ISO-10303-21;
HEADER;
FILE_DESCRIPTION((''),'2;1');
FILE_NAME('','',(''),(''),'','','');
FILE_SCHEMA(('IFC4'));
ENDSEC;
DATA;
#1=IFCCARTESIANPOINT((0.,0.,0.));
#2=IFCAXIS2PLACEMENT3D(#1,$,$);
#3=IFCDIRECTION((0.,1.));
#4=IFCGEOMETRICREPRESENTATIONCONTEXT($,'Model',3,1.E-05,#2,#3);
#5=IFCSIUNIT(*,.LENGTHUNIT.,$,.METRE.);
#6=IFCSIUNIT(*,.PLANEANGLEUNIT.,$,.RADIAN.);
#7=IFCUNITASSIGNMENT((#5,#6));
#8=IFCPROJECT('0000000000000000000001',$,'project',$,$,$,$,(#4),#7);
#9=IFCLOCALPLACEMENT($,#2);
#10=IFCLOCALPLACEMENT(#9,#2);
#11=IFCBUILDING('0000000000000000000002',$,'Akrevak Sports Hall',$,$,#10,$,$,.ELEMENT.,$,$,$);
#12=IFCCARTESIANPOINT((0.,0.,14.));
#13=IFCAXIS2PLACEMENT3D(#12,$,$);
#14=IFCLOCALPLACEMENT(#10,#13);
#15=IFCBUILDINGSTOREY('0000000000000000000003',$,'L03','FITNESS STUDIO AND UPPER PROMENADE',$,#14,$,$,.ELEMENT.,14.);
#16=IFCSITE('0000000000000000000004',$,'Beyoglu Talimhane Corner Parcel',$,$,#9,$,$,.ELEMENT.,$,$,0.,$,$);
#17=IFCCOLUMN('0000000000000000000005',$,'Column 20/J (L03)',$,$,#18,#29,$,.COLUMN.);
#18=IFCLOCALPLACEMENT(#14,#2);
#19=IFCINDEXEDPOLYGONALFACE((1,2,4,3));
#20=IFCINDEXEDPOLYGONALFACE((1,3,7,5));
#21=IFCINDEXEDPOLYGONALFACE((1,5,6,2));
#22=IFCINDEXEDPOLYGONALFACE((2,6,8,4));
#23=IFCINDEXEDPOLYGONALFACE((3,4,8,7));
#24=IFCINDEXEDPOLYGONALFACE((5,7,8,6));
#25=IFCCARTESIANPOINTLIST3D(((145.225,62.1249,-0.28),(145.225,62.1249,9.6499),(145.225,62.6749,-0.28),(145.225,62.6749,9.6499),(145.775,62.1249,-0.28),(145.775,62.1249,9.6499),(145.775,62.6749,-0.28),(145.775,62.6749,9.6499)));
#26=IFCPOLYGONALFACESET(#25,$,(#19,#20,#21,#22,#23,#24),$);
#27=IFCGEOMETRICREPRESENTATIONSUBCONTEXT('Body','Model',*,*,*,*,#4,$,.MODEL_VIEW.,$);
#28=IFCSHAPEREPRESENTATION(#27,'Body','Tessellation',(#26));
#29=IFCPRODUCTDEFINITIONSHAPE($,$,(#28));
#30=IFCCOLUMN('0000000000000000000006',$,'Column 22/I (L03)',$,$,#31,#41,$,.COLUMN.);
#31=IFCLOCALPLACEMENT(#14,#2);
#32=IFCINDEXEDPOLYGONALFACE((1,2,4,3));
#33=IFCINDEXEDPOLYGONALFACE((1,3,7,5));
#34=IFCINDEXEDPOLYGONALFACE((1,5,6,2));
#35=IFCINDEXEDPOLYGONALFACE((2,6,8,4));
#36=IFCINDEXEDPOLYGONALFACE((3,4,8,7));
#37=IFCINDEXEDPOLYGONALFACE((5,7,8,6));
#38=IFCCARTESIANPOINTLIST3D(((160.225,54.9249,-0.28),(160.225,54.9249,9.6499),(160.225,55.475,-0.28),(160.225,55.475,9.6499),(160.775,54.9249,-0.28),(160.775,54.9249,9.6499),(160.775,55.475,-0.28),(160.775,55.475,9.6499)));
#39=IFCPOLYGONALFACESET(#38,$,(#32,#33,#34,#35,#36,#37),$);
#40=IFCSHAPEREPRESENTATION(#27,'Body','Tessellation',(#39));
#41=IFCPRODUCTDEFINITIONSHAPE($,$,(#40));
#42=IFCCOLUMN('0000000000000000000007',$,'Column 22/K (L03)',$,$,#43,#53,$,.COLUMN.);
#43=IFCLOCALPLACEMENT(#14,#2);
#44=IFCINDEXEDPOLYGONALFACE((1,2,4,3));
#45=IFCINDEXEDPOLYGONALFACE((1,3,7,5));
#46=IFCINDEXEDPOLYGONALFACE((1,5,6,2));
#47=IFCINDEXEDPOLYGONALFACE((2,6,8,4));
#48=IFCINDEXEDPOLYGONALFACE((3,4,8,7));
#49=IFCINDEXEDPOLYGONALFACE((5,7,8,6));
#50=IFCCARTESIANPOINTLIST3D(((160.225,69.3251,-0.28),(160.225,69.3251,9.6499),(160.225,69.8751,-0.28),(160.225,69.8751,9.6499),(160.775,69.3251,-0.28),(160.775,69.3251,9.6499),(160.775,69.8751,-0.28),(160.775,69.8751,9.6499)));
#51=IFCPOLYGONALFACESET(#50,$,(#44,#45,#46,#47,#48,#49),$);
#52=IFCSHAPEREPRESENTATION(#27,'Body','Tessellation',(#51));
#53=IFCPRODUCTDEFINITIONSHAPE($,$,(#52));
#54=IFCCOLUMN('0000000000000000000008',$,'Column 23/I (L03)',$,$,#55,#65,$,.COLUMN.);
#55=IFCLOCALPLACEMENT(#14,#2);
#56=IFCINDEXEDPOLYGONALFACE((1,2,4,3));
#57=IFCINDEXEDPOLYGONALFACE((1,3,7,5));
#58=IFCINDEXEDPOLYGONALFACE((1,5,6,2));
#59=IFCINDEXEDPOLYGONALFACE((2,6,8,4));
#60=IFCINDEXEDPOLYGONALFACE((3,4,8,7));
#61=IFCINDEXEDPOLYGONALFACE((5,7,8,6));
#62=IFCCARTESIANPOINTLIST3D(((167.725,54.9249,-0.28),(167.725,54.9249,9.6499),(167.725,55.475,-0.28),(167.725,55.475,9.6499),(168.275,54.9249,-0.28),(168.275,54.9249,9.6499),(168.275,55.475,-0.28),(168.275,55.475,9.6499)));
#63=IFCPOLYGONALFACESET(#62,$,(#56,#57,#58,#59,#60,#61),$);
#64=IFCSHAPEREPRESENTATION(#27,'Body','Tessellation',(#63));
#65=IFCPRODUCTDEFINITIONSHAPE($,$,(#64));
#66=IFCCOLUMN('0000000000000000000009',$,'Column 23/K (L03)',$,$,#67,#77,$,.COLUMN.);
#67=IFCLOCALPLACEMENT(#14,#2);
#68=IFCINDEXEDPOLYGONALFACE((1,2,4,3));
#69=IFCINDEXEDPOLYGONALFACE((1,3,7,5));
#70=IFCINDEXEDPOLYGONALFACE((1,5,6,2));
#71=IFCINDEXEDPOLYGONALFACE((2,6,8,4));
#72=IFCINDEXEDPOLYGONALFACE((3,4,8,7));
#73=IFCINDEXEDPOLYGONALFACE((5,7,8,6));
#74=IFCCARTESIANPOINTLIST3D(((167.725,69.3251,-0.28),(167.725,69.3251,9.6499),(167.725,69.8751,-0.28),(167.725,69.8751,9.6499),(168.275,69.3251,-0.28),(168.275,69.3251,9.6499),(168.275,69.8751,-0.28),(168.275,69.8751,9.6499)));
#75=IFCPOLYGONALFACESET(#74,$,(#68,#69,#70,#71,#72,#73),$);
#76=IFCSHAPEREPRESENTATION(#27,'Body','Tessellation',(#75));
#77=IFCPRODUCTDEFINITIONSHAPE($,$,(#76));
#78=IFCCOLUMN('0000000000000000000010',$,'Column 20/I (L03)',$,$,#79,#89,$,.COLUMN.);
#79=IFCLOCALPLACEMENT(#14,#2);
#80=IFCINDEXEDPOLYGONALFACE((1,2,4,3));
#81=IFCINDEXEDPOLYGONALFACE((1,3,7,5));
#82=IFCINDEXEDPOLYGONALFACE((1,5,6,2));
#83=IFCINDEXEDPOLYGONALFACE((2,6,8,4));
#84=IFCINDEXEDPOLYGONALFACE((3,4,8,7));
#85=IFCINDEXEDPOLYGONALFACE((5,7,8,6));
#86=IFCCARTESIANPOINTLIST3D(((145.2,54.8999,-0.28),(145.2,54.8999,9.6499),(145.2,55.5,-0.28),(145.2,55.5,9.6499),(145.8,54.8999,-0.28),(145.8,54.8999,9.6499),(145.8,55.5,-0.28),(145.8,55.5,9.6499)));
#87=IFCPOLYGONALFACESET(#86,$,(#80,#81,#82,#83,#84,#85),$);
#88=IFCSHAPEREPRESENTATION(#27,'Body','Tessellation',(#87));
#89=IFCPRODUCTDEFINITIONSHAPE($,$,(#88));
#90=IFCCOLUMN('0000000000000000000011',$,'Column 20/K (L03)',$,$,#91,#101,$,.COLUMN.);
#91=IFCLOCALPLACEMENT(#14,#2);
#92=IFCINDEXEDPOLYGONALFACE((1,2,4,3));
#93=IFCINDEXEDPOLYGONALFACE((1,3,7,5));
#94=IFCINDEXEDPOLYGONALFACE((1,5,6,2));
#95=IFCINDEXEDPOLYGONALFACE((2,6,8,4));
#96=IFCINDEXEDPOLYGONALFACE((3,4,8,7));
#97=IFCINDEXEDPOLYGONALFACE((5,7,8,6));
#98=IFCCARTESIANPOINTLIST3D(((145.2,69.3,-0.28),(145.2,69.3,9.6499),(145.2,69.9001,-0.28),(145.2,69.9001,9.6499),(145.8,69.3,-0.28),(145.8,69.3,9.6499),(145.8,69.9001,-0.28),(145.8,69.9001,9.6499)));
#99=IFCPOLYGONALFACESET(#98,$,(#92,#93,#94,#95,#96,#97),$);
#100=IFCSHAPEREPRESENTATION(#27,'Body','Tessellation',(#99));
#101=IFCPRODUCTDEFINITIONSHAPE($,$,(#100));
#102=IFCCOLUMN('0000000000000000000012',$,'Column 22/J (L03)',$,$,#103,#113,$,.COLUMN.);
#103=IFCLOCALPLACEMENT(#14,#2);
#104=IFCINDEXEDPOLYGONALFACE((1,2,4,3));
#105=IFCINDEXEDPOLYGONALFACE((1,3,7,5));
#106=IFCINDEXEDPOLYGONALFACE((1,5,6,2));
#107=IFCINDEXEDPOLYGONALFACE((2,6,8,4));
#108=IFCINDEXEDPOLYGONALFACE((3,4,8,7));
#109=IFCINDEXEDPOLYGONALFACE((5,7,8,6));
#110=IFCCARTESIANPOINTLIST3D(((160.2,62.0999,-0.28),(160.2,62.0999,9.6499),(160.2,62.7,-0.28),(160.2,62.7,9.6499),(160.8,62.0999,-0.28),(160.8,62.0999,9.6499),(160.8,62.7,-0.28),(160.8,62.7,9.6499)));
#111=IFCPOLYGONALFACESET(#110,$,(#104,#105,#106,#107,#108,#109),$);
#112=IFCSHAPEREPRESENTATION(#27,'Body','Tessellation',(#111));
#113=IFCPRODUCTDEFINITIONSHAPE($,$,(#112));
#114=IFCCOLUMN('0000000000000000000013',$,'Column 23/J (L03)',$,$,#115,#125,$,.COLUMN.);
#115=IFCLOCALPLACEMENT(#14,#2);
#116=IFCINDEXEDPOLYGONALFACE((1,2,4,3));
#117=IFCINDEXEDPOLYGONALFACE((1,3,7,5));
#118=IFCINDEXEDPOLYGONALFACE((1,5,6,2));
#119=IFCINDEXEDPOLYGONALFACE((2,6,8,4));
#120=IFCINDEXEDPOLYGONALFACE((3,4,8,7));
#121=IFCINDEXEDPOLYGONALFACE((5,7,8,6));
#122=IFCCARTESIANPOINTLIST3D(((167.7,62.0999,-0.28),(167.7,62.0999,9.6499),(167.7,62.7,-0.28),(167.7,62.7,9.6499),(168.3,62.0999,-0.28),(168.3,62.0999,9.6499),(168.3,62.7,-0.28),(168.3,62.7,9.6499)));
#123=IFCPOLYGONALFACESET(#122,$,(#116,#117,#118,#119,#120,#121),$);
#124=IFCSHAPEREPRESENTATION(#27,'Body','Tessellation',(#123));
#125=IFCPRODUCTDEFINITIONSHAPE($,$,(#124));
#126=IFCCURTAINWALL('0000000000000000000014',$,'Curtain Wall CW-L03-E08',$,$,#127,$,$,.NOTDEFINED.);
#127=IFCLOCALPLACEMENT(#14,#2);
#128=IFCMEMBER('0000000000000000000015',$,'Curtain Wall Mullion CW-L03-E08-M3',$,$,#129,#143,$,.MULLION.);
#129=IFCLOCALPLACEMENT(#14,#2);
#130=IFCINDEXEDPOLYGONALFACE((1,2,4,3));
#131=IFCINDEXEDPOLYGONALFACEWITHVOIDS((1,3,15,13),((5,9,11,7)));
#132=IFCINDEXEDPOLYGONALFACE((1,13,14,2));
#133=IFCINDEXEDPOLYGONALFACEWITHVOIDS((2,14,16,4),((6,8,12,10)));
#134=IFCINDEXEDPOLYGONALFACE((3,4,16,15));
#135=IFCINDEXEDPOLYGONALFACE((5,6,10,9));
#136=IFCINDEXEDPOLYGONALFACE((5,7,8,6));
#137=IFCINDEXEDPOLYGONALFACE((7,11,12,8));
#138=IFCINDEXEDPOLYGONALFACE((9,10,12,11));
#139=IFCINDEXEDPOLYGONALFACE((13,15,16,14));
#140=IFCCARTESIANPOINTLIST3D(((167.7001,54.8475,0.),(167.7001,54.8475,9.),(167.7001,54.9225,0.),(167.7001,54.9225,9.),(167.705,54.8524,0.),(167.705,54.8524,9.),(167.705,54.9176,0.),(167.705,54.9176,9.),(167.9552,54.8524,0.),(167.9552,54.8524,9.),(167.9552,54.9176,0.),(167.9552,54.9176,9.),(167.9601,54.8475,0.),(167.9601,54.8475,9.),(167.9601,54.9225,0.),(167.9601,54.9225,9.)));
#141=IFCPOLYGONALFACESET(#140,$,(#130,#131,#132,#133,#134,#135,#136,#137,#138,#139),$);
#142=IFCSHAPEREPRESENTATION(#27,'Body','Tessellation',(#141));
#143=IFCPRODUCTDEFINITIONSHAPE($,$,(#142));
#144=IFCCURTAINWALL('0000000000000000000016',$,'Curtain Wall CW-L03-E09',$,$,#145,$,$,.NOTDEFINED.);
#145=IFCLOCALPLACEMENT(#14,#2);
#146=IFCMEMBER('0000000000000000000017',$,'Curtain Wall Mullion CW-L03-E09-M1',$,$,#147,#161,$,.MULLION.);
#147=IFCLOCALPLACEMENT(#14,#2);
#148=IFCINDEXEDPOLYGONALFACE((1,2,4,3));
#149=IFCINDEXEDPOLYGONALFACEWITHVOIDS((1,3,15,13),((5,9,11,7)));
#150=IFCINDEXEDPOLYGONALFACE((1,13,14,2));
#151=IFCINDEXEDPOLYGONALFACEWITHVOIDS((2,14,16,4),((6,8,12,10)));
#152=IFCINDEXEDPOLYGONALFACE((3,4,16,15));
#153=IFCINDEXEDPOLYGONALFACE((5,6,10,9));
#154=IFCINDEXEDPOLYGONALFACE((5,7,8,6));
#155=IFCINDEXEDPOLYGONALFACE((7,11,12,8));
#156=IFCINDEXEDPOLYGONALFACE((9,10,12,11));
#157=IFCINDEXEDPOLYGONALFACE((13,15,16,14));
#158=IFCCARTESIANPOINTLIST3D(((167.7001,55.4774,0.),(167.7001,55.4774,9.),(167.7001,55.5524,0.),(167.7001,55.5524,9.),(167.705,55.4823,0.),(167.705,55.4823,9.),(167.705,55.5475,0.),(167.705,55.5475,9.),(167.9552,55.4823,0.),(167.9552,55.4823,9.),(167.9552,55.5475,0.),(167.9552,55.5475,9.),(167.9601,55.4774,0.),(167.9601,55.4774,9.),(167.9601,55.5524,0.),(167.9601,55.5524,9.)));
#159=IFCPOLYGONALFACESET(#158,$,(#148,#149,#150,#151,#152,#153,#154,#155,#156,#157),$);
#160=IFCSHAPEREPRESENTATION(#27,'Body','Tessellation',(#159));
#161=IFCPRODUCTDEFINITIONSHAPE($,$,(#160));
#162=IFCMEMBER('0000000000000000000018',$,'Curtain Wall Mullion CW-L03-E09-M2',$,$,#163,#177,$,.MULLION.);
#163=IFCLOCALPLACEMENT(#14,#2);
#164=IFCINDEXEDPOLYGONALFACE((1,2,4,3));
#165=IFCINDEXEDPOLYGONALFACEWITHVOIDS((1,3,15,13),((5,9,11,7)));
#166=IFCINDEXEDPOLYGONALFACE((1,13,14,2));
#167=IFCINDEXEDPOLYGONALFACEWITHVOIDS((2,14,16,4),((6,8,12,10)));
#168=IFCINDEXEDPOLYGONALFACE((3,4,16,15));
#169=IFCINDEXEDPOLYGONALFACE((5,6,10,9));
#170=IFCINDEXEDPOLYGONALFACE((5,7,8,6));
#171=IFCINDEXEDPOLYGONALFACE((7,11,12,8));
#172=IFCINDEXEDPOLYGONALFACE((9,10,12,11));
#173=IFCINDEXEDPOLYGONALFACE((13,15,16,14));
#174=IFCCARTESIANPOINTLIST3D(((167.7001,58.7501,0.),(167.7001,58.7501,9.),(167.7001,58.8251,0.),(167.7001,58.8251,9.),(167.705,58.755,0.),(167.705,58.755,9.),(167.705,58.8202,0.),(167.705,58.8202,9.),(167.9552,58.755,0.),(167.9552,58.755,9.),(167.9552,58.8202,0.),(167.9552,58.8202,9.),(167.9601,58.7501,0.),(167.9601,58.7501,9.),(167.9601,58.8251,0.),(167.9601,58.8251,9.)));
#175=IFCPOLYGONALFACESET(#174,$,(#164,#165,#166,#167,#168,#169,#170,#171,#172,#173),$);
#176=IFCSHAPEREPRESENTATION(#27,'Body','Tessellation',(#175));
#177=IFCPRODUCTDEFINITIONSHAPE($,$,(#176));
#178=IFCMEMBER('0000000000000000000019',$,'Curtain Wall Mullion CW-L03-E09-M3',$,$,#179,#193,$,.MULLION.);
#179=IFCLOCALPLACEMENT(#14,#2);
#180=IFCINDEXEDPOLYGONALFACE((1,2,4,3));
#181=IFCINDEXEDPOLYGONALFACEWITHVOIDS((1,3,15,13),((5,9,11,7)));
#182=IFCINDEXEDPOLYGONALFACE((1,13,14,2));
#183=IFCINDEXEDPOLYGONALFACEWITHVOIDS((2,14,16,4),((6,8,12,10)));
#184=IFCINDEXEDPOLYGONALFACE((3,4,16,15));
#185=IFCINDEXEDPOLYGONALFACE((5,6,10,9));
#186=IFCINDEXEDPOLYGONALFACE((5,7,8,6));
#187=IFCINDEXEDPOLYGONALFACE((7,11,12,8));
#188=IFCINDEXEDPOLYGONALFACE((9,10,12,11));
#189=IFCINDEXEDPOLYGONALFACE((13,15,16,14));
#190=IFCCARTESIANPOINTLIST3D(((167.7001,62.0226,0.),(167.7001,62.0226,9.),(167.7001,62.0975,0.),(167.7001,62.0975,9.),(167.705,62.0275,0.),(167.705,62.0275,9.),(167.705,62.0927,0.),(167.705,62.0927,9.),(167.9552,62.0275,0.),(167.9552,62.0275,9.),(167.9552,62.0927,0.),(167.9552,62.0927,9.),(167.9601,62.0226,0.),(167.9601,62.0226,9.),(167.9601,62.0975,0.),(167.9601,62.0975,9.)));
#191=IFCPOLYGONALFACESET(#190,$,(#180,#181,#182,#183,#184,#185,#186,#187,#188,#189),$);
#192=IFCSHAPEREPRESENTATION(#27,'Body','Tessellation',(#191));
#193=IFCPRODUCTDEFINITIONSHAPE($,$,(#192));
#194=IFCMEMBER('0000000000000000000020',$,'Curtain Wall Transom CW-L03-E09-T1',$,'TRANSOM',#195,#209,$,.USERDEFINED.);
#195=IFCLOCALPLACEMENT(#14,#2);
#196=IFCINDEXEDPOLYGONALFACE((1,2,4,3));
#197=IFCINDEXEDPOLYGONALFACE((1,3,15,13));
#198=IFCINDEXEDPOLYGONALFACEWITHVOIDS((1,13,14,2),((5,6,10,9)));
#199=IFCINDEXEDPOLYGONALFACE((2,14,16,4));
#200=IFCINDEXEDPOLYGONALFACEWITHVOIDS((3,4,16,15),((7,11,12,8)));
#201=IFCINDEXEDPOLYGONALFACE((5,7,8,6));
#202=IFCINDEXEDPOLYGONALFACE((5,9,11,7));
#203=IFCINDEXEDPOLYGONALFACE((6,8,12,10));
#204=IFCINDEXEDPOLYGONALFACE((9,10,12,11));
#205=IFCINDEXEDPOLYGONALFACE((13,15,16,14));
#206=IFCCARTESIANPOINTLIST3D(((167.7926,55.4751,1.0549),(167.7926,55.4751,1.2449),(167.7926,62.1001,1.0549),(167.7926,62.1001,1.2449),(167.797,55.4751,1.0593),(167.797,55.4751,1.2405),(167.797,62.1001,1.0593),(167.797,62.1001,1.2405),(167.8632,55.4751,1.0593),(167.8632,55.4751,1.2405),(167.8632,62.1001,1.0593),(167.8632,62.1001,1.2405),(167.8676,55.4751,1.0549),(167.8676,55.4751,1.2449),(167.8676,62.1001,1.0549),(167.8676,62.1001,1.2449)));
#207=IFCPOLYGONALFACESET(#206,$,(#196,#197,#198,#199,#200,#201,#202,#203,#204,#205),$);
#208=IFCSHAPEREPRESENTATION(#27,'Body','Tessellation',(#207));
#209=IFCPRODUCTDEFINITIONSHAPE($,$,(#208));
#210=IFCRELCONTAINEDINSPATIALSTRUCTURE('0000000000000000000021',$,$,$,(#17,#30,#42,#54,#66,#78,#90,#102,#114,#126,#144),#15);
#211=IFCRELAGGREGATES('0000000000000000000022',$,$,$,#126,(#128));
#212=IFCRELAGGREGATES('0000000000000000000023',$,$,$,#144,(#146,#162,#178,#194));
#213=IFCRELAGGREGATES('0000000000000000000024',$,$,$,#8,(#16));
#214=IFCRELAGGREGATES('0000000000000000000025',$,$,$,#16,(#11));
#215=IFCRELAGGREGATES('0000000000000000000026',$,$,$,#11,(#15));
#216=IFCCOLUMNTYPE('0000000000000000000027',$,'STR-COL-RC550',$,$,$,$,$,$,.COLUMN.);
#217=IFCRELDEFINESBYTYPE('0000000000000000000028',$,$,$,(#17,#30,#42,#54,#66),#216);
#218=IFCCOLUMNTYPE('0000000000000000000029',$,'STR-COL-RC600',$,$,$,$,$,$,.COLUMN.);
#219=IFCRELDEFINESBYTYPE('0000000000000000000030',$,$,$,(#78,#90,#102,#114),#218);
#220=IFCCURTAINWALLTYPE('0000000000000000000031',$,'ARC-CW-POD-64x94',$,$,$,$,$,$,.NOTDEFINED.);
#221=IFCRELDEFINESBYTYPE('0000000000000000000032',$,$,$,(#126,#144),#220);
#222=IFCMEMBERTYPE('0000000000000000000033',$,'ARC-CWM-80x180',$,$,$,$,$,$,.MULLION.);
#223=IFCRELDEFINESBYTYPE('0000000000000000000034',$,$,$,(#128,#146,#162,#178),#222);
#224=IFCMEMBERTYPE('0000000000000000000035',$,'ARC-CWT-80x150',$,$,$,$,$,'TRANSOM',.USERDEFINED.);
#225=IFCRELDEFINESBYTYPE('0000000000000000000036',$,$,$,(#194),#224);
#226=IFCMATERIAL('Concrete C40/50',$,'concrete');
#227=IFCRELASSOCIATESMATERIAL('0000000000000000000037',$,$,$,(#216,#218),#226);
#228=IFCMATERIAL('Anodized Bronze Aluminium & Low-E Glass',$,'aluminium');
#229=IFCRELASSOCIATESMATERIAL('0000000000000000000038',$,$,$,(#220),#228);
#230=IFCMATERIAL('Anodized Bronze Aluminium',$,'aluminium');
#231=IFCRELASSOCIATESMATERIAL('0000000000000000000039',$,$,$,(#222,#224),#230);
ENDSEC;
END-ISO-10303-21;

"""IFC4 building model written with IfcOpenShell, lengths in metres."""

from ifc_helpers import new_model, si_unit, direction, frame, origin, origin_2d, place, context, subcontext, project, spatial, rectangle, hollow_rectangle, extrude, material, material_profile, profile_set, type_object, element, aggregate, save


model = new_model("IFC4")

# Units and contexts
model_context = context("Model", 3, precision=1e-05, world=origin(), true_north=direction((0.0, 1.0)))
body_context = subcontext(model_context, "Body", "Model", "MODEL_VIEW")
ifc_project = project(units=[si_unit("LENGTHUNIT", "METRE"), si_unit("PLANEANGLEUNIT", "RADIAN")], contexts=[model_context])

# Site, building, storey
site_placement = place(None, origin())
site = spatial("IfcSite", under=ifc_project, at=site_placement, Name="Beyoglu Talimhane Corner Parcel", CompositionType="ELEMENT", RefElevation=0.0)
building_placement = place(site_placement, origin())
building = spatial("IfcBuilding", under=site, at=building_placement, Name="Akrevak Sports Hall", CompositionType="ELEMENT")
storey_placement = place(building_placement, frame((0.0, 0.0, 14.0)))
storey = spatial("IfcBuildingStorey", under=building, at=storey_placement, Name="L03", Description="FITNESS STUDIO AND UPPER PROMENADE", CompositionType="ELEMENT", Elevation=14.0)

# Columns
ifc_material_1 = material(Name="Concrete C40/50", Category="concrete")
ifc_material_profile_1 = material_profile(ifc_material_1, rectangle(XDim=0.55, YDim=0.55, at=origin_2d()), Name="RC 550x550", Category="concrete")
ifc_profile_set_1 = profile_set([ifc_material_profile_1], Name="Concrete C40/50")
column_type_1 = type_object("IfcColumnType", Name="STR-COL-RC550", PredefinedType="COLUMN", material=ifc_profile_set_1)
for number, where, z_axis, x_axis, name in (
    (1, (145.5, 62.3999, -0.28), (0.0, 0.0, 1.0), (1.0, 0.0, 0.0), "Column 20/J (L03)"),
    (2, (160.5, 55.2, -0.28), (0.0, 0.0, 1.0), (1.0, 0.0, 0.0), "Column 22/I (L03)"),
    (3, (160.5, 69.6001, -0.28), (0.0, 0.0, 1.0), (1.0, 0.0, 0.0), "Column 22/K (L03)"),
    (4, (168.0, 55.2, -0.28), (0.0, 0.0, 1.0), (1.0, 0.0, 0.0), "Column 23/I (L03)"),
    (5, (168.0, 69.6001, -0.28), (0.0, 0.0, 1.0), (1.0, 0.0, 0.0), "Column 23/K (L03)"),
):
    element("IfcColumn", number, at=place(storey_placement, frame(where, z_axis=z_axis, x_axis=x_axis)), inside=storey, type_object=column_type_1, Name=name, PredefinedType="COLUMN", context=body_context, shape_type="SweptSolid", body=[
        extrude(rectangle(XDim=0.55, YDim=0.55, at=origin_2d()), origin(), (0.0, 0.0, 1.0), 9.9299),
    ])
ifc_material_profile_2 = material_profile(ifc_material_1, rectangle(XDim=0.6001, YDim=0.6001, at=origin_2d()), Name="RC 600x600", Category="concrete")
ifc_profile_set_2 = profile_set([ifc_material_profile_2], Name="Concrete C40/50")
column_type_2 = type_object("IfcColumnType", Name="STR-COL-RC600", PredefinedType="COLUMN", material=ifc_profile_set_2)
for number, where, z_axis, x_axis, name in (
    (6, (145.5, 55.2, -0.28), (0.0, 0.0, 1.0), (1.0, 0.0, 0.0), "Column 20/I (L03)"),
    (7, (145.5, 69.6001, -0.28), (0.0, 0.0, 1.0), (1.0, 0.0, 0.0), "Column 20/K (L03)"),
    (8, (160.5, 62.3999, -0.28), (0.0, 0.0, 1.0), (1.0, 0.0, 0.0), "Column 22/J (L03)"),
    (9, (168.0, 62.3999, -0.28), (0.0, 0.0, 1.0), (1.0, 0.0, 0.0), "Column 23/J (L03)"),
):
    element("IfcColumn", number, at=place(storey_placement, frame(where, z_axis=z_axis, x_axis=x_axis)), inside=storey, type_object=column_type_2, Name=name, PredefinedType="COLUMN", context=body_context, shape_type="SweptSolid", body=[
        extrude(rectangle(XDim=0.6001, YDim=0.6001, at=origin_2d()), origin(), (0.0, 0.0, 1.0), 9.9299),
    ])

# Curtain wall, member
ifc_material_2 = material(Name="Anodized Bronze Aluminium & Low-E Glass", Category="aluminium")
curtain_wall_type = type_object("IfcCurtainWallType", Name="ARC-CW-POD-64x94", PredefinedType="NOTDEFINED", material=ifc_material_2)
curtain_wall_1_placement = place(storey_placement, origin())
curtain_wall_1 = element("IfcCurtainWall", 10, at=curtain_wall_1_placement, inside=storey, type_object=curtain_wall_type, Name="Curtain Wall CW-L03-E08", PredefinedType="NOTDEFINED")
ifc_material_3 = material(Name="Anodized Bronze Aluminium", Category="aluminium")
ifc_material_profile_3 = material_profile(ifc_material_3, hollow_rectangle(XDim=0.075, YDim=0.26, WallThickness=0.0049, at=origin_2d()), Name="CWM 75x260", Category="aluminium")
ifc_profile_set_3 = profile_set([ifc_material_profile_3], Name="Anodized Bronze Aluminium")
member_type_1 = type_object("IfcMemberType", Name="ARC-CWM-80x180", PredefinedType="MULLION", material=ifc_profile_set_3)
member_1_placement = place(storey_placement, frame((167.8301, 54.885, 0.0), z_axis=(0.0, 0.0, 1.0), x_axis=(0.0, 1.0, 0.0)))
member_1 = element("IfcMember", 11, at=member_1_placement, type_object=member_type_1, Name="Curtain Wall Mullion CW-L03-E08-M3", PredefinedType="MULLION", context=body_context, shape_type="SweptSolid", body=[
    extrude(hollow_rectangle(XDim=0.075, YDim=0.26, WallThickness=0.0049, at=origin_2d()), origin(), (0.0, 0.0, 1.0), 9.0),
])

# Curtain wall, members
curtain_wall_2_placement = place(storey_placement, origin())
curtain_wall_2 = element("IfcCurtainWall", 12, at=curtain_wall_2_placement, inside=storey, type_object=curtain_wall_type, Name="Curtain Wall CW-L03-E09", PredefinedType="NOTDEFINED")
member_2_placement = place(storey_placement, frame((167.8301, 55.5149, 0.0), z_axis=(0.0, 0.0, 1.0), x_axis=(0.0, 1.0, 0.0)))
member_2 = element("IfcMember", 13, at=member_2_placement, type_object=member_type_1, Name="Curtain Wall Mullion CW-L03-E09-M1", PredefinedType="MULLION", context=body_context, shape_type="SweptSolid", body=[
    extrude(hollow_rectangle(XDim=0.075, YDim=0.26, WallThickness=0.0049, at=origin_2d()), origin(), (0.0, 0.0, 1.0), 9.0),
])
member_3_placement = place(storey_placement, frame((167.8301, 58.7876, 0.0), z_axis=(0.0, 0.0, 1.0), x_axis=(0.0, 1.0, 0.0)))
member_3 = element("IfcMember", 14, at=member_3_placement, type_object=member_type_1, Name="Curtain Wall Mullion CW-L03-E09-M2", PredefinedType="MULLION", context=body_context, shape_type="SweptSolid", body=[
    extrude(hollow_rectangle(XDim=0.075, YDim=0.26, WallThickness=0.0049, at=origin_2d()), origin(), (0.0, 0.0, 1.0), 9.0),
])
member_4_placement = place(storey_placement, frame((167.8301, 62.0601, 0.0), z_axis=(0.0, 0.0, 1.0), x_axis=(0.0, 1.0, 0.0)))
member_4 = element("IfcMember", 15, at=member_4_placement, type_object=member_type_1, Name="Curtain Wall Mullion CW-L03-E09-M3", PredefinedType="MULLION", context=body_context, shape_type="SweptSolid", body=[
    extrude(hollow_rectangle(XDim=0.075, YDim=0.26, WallThickness=0.0049, at=origin_2d()), origin(), (0.0, 0.0, 1.0), 9.0),
])
ifc_material_profile_4 = material_profile(ifc_material_3, hollow_rectangle(XDim=0.075, YDim=0.1899, WallThickness=0.0044, at=origin_2d()), Name="CWT 75x190", Category="aluminium")
ifc_profile_set_4 = profile_set([ifc_material_profile_4], Name="Anodized Bronze Aluminium")
member_type_2 = type_object("IfcMemberType", Name="ARC-CWT-80x150", ElementType="TRANSOM", PredefinedType="USERDEFINED", material=ifc_profile_set_4)
member_5_placement = place(storey_placement, frame((167.8301, 55.4751, 1.1499), z_axis=(0.0, 1.0, 0.0), x_axis=(-1.0, 0.0, 0.0)))
member_5 = element("IfcMember", 16, at=member_5_placement, type_object=member_type_2, Name="Curtain Wall Transom CW-L03-E09-T1", ObjectType="TRANSOM", PredefinedType="USERDEFINED", context=body_context, shape_type="SweptSolid", body=[
    extrude(hollow_rectangle(XDim=0.075, YDim=0.1899, WallThickness=0.0044, at=origin_2d()), origin(), (0.0, 0.0, 1.0), 6.625),
])

aggregate(curtain_wall_1, [member_1])
aggregate(curtain_wall_2, [member_2, member_3, member_4, member_5])

save(model, "model.ifc")
